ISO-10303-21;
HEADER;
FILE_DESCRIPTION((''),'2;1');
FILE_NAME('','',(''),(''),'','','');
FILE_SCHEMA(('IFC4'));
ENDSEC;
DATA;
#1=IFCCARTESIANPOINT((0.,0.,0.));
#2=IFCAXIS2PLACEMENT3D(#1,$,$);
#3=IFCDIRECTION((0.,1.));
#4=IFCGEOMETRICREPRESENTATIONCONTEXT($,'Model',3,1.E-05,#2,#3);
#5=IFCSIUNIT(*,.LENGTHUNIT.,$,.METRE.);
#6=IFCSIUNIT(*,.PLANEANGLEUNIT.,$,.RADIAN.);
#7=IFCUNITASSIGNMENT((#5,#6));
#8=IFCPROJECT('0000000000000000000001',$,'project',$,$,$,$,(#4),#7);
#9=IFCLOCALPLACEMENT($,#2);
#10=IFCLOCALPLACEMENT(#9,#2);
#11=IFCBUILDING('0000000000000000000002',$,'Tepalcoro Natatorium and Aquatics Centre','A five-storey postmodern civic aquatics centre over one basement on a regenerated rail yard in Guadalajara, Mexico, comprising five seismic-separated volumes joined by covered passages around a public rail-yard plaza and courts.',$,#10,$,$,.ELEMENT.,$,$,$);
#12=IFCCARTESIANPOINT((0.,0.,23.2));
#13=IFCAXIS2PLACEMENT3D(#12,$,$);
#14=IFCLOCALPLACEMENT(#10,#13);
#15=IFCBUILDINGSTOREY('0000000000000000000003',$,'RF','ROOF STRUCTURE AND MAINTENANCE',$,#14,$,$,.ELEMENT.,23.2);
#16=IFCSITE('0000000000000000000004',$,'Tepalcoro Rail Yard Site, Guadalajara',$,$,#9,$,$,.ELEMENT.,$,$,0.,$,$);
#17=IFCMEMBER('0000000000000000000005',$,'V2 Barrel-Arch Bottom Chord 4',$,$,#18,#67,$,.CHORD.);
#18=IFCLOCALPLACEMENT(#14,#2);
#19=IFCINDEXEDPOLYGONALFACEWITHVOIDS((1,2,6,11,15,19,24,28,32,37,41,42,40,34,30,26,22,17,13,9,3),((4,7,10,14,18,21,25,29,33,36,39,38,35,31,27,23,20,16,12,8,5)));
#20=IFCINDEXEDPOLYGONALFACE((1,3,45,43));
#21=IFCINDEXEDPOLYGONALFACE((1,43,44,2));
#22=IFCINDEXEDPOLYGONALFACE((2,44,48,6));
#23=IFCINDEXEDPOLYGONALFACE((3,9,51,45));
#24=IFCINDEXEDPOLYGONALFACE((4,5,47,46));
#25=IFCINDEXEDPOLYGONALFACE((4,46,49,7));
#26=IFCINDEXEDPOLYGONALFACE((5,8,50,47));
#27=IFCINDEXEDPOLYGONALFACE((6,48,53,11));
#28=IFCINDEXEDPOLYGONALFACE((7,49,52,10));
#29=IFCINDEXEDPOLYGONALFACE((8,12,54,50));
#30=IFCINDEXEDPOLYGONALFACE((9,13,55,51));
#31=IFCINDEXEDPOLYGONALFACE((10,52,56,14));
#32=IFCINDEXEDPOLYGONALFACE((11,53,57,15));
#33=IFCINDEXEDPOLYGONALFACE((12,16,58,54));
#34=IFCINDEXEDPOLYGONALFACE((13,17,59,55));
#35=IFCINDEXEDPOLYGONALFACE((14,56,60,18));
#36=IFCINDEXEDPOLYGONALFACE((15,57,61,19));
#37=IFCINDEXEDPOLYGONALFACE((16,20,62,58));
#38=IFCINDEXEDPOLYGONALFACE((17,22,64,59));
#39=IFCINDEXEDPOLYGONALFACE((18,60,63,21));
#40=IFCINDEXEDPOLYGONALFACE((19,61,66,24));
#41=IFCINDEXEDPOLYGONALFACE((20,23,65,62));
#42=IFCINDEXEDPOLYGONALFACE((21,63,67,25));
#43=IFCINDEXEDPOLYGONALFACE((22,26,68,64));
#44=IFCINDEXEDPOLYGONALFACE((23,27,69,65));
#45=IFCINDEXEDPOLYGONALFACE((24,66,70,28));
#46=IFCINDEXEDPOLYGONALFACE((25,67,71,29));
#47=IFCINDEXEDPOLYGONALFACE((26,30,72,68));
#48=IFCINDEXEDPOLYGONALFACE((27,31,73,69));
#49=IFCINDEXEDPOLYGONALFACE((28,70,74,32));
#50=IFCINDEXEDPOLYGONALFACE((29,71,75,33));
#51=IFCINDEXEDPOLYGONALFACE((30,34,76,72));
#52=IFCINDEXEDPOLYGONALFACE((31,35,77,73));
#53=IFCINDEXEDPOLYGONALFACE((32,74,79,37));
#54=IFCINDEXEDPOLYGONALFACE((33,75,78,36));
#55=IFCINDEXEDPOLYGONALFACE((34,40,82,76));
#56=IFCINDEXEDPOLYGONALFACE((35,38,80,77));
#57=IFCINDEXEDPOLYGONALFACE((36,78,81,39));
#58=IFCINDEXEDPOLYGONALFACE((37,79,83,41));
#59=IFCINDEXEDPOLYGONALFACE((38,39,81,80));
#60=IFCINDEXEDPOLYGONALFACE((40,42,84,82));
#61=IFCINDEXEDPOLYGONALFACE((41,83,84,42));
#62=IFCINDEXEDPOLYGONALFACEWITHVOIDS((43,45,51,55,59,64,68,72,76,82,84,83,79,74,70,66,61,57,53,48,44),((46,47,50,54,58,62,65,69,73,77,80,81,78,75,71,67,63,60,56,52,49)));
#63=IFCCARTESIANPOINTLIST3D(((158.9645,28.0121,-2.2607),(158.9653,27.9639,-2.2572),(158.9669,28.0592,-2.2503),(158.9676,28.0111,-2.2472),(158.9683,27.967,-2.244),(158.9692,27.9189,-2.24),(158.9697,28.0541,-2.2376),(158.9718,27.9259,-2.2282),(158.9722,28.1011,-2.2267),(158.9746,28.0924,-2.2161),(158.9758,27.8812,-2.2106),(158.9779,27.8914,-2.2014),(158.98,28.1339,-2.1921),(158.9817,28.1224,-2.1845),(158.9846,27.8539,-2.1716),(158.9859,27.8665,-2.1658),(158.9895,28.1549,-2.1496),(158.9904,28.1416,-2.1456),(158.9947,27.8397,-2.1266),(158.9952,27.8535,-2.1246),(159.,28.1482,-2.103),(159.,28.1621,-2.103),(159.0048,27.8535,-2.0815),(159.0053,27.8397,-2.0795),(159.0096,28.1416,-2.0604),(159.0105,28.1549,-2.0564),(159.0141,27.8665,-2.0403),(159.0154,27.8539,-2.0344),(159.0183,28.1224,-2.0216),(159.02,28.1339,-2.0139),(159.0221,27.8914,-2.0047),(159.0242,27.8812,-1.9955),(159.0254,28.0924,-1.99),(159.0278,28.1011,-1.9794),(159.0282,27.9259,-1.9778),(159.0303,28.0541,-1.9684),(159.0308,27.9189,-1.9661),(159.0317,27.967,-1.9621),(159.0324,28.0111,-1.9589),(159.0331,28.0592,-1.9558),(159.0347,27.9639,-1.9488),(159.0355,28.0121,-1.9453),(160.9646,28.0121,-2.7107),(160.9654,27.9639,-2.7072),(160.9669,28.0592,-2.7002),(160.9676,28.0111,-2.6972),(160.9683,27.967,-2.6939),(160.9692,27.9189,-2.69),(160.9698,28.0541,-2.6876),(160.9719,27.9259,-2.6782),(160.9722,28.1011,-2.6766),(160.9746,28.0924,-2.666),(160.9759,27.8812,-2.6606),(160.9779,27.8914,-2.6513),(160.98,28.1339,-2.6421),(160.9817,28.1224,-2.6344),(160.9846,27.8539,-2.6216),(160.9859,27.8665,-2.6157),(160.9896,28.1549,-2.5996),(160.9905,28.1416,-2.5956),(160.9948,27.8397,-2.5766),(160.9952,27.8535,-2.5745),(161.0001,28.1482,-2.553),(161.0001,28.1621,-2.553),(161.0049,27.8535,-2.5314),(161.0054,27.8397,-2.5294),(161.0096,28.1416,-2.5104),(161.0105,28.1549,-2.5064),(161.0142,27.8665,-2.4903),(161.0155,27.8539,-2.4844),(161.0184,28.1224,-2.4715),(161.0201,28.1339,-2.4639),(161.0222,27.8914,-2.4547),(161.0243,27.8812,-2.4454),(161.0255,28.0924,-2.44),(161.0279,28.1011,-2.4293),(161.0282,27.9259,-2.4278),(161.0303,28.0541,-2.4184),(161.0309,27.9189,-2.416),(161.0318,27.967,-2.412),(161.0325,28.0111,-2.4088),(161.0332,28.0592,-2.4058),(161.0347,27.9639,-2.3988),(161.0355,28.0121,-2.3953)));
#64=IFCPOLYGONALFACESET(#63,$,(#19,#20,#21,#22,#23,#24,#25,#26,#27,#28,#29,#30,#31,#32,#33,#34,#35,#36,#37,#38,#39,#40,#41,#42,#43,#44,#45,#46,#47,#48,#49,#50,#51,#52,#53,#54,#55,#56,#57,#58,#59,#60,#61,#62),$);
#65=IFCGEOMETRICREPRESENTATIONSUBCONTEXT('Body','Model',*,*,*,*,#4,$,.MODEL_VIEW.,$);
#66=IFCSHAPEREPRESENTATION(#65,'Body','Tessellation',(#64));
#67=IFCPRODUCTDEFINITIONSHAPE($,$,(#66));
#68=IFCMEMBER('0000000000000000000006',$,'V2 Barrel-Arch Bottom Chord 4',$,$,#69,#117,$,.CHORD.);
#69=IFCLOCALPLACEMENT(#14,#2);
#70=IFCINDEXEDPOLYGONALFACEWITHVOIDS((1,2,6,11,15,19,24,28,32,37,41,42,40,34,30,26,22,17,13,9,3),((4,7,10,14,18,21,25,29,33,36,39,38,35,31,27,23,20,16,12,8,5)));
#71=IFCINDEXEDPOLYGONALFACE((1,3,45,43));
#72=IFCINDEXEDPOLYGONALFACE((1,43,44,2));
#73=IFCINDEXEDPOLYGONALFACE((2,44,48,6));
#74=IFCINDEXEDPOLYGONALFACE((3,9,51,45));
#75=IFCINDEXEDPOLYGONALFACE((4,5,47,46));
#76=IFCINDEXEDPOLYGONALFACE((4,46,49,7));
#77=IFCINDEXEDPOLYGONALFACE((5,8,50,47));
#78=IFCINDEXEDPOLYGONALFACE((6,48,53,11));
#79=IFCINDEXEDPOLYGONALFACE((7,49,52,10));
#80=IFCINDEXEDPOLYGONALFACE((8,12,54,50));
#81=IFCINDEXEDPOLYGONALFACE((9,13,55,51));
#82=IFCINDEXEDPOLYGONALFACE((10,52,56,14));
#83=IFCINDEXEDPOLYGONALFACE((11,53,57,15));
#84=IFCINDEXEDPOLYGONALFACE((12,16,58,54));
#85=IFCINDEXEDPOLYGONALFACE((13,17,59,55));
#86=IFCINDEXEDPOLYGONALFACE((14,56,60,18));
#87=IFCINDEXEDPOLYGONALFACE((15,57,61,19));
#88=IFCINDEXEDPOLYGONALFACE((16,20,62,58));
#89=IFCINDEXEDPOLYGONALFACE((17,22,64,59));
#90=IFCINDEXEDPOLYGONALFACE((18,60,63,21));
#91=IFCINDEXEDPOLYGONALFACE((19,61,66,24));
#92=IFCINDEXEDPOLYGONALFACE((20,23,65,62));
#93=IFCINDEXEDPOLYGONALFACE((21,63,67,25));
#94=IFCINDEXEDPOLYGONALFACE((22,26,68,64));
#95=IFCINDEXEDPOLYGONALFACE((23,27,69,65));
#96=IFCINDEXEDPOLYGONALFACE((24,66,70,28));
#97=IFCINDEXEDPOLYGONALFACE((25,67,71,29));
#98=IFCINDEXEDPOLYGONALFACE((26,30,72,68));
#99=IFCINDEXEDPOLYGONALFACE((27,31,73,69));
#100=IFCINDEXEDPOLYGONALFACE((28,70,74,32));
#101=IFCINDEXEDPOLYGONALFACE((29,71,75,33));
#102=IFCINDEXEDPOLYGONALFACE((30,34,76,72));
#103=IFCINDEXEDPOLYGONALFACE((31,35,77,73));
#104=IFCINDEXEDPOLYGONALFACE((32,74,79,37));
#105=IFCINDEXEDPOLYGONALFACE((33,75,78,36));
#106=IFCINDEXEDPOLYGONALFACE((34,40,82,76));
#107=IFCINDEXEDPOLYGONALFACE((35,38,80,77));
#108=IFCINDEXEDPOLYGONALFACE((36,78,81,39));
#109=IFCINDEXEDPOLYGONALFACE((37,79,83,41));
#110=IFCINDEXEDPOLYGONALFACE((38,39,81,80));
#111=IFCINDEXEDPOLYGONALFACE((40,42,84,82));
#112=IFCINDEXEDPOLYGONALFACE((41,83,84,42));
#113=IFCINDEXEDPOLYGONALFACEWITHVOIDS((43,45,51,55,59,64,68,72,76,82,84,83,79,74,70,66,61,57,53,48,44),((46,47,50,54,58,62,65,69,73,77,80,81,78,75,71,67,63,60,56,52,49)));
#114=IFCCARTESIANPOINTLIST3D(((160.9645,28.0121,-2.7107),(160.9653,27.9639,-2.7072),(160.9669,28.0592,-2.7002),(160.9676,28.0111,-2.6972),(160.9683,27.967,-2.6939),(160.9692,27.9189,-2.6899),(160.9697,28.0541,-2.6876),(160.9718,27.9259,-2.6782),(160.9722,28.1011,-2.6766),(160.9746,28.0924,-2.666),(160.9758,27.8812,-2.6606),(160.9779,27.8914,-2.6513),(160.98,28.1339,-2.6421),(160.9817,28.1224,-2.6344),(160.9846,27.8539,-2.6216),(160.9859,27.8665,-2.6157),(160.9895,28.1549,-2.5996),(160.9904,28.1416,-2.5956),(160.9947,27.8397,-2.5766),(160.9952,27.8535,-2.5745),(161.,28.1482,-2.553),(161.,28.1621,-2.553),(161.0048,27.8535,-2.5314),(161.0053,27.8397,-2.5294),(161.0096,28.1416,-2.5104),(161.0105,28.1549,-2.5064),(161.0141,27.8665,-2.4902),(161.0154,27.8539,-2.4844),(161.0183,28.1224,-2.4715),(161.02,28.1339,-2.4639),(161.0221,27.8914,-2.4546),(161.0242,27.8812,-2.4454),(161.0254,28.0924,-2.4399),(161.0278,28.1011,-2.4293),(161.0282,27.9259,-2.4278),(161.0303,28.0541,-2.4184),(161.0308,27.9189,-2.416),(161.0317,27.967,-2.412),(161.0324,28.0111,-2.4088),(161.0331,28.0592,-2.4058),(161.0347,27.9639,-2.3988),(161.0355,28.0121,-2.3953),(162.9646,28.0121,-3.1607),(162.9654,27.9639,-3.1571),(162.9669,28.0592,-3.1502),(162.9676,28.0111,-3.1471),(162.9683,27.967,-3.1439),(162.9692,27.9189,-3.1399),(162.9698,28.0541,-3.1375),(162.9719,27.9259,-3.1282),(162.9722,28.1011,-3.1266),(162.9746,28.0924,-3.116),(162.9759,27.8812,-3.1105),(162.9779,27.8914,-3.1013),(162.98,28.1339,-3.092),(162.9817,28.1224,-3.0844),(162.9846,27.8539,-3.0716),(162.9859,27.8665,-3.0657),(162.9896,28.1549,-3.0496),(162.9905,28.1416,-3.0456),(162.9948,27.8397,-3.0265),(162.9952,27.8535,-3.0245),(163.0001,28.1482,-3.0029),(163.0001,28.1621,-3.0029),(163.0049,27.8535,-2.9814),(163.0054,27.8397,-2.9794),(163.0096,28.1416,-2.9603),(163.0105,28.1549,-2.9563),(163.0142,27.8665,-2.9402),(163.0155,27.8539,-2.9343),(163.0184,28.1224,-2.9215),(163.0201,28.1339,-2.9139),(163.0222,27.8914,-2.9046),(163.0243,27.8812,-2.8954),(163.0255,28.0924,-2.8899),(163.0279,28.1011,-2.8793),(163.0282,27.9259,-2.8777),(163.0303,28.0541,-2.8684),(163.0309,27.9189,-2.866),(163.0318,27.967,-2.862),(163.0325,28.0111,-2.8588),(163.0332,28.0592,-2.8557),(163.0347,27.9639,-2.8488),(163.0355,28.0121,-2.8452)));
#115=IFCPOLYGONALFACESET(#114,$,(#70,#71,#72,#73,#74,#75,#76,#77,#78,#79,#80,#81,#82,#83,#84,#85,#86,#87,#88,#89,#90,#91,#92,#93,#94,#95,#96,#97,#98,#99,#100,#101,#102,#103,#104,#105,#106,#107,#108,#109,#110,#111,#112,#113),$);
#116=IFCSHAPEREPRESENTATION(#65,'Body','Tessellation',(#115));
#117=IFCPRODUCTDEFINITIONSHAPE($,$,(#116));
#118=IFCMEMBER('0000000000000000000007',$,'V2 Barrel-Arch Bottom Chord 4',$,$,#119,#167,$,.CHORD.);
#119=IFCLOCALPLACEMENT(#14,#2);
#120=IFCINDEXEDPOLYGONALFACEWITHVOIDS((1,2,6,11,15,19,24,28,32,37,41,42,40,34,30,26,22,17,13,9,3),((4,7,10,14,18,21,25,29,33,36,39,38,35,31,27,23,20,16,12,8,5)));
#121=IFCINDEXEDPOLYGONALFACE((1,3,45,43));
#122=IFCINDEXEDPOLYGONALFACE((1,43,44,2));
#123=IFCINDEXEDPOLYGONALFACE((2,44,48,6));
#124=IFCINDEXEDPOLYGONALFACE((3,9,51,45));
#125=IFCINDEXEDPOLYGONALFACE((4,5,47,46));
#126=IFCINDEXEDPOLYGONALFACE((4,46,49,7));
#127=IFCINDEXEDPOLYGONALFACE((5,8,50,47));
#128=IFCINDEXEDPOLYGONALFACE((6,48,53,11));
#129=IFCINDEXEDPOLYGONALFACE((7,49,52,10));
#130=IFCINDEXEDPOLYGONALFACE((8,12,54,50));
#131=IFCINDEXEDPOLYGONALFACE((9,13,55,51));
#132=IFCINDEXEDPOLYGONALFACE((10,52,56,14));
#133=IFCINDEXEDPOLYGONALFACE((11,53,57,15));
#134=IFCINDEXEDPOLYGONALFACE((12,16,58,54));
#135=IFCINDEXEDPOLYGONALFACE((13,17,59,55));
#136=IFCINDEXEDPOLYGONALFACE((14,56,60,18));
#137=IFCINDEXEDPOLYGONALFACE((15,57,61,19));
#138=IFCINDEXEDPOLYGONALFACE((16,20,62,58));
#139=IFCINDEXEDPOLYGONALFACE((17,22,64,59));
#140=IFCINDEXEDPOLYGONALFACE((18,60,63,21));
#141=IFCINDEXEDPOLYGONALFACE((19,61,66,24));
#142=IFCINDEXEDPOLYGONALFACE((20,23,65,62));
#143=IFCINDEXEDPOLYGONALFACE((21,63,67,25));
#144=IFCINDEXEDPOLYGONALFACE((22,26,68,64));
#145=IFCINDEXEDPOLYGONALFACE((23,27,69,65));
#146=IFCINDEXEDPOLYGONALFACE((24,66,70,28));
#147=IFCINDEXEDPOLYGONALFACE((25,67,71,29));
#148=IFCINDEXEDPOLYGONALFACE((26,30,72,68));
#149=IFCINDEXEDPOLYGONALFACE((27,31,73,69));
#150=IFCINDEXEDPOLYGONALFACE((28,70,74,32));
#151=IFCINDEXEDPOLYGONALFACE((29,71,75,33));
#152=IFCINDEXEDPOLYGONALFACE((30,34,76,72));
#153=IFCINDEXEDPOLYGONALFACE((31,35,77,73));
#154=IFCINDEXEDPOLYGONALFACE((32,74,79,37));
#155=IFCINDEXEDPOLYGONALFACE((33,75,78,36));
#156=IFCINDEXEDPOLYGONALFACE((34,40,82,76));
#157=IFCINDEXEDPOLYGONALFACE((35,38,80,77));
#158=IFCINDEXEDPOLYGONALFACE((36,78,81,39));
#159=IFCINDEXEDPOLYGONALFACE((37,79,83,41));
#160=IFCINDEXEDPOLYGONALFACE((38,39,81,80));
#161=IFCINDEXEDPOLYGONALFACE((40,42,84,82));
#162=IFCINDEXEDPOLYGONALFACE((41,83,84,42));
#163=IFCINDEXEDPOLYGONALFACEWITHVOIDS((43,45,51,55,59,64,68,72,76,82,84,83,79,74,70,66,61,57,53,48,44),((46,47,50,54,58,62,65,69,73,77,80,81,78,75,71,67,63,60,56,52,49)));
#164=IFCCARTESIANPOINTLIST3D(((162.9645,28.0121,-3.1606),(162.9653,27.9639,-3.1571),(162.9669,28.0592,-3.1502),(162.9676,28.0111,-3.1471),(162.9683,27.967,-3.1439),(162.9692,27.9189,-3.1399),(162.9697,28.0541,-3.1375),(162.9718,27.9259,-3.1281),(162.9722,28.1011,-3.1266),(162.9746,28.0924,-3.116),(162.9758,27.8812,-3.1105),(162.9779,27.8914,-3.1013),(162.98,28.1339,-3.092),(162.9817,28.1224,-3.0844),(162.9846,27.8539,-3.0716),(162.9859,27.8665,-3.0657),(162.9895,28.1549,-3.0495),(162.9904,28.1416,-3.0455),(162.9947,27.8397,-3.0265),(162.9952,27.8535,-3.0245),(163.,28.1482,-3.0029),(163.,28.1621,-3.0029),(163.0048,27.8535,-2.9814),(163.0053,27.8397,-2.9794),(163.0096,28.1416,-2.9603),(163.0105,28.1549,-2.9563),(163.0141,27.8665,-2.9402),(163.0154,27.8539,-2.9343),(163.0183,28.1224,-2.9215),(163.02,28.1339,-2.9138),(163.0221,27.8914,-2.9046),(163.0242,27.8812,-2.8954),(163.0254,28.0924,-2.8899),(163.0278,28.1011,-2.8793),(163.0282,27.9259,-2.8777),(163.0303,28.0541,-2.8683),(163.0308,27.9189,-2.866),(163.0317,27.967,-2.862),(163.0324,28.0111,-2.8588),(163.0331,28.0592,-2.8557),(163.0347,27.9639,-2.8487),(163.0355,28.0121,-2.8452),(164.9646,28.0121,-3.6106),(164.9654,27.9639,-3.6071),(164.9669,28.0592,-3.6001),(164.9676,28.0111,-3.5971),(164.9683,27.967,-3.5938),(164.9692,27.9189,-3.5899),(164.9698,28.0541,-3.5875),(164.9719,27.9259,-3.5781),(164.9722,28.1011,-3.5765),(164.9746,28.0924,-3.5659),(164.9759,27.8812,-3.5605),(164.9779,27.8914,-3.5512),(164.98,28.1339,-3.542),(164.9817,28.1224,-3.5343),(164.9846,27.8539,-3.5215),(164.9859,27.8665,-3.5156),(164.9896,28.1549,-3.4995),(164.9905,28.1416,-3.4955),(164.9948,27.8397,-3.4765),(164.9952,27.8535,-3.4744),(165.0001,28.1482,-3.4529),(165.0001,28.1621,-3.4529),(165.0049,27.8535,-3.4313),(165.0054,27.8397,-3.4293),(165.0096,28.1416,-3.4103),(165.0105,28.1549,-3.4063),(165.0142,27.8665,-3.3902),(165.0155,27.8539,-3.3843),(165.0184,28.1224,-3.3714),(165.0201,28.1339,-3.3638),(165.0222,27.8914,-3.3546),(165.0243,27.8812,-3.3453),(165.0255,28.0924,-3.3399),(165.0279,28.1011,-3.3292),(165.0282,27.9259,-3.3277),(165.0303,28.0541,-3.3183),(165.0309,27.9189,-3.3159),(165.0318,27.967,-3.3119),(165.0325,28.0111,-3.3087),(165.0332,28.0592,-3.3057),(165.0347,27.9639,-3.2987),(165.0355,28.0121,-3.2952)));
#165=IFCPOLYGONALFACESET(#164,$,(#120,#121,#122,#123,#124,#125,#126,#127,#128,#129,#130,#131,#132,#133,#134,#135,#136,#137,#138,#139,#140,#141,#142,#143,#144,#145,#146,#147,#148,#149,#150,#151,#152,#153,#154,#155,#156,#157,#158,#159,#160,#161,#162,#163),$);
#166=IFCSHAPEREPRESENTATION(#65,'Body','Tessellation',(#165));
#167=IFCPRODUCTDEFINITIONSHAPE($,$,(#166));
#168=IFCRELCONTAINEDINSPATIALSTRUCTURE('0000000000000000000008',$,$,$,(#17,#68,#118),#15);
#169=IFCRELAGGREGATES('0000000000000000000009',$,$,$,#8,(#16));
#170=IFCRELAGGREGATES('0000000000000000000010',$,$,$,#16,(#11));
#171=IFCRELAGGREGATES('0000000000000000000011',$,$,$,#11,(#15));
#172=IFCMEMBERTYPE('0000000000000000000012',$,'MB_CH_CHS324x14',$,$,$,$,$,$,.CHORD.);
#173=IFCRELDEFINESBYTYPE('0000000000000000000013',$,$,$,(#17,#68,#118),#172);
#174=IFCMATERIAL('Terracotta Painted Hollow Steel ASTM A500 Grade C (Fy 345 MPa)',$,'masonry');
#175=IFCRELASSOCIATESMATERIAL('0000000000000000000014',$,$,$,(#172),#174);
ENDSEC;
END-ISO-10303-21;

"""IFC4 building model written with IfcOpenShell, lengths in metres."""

from ifc_helpers import new_model, si_unit, direction, frame, origin, origin_2d, place, context, subcontext, project, spatial, hollow_circle, extrude, material, material_profile, profile_set, type_object, element, save


model = new_model("IFC4")

# Units and contexts
model_context = context("Model", 3, precision=1e-05, world=origin(), true_north=direction((0.0, 1.0)))
body_context = subcontext(model_context, "Body", "Model", "MODEL_VIEW")
ifc_project = project(units=[si_unit("LENGTHUNIT", "METRE"), si_unit("PLANEANGLEUNIT", "RADIAN")], contexts=[model_context])

# Site, building, storey
site_placement = place(None, origin())
site = spatial("IfcSite", under=ifc_project, at=site_placement, Name="Tepalcoro Rail Yard Site, Guadalajara", CompositionType="ELEMENT", RefElevation=0.0)
building_placement = place(site_placement, origin())
building = spatial("IfcBuilding", under=site, at=building_placement, Name="Tepalcoro Natatorium and Aquatics Centre", Description="A five-storey postmodern civic aquatics centre over one basement on a regenerated rail yard in Guadalajara, Mexico, comprising five seismic-separated volumes joined by covered passages around a public rail-yard plaza and courts.", CompositionType="ELEMENT")
storey_placement = place(building_placement, frame((0.0, 0.0, 23.2)))
storey = spatial("IfcBuildingStorey", under=building, at=storey_placement, Name="RF", Description="ROOF STRUCTURE AND MAINTENANCE", CompositionType="ELEMENT", Elevation=23.2)

# Shared definitions
ifc_material_1 = material(Name="Terracotta Painted Hollow Steel ASTM A500 Grade C (Fy 345 MPa)", Category="masonry")

# Members
ifc_material_profile_1 = material_profile(ifc_material_1, hollow_circle(Radius=0.1621, WallThickness=0.0139, at=origin_2d()), Name="CHS324X14")
ifc_profile_set_1 = profile_set([ifc_material_profile_1], Name="Terracotta Painted Hollow Steel ASTM A500 Grade C (Fy 345 MPa)")
member_type_1 = type_object("IfcMemberType", Name="MB_CH_CHS324x14", PredefinedType="CHORD", material=ifc_profile_set_1)
for number, where, z_axis, x_axis, name in (
    (1, (159.0, 28.0, -2.103), (0.975615, 0.0, -0.21949), (0.0, 1.0, 0.0), "V2 Barrel-Arch Bottom Chord 4"),
    (2, (161.0, 28.0, -2.553), (0.975615, 0.0, -0.21949), (0.0, 1.0, 0.0), "V2 Barrel-Arch Bottom Chord 4"),
    (3, (163.0, 28.0, -3.0029), (0.975615, 0.0, -0.21949), (0.0, 1.0, 0.0), "V2 Barrel-Arch Bottom Chord 4"),
):
    element("IfcMember", number, at=place(storey_placement, frame(where, z_axis=z_axis, x_axis=x_axis)), inside=storey, type_object=member_type_1, Name=name, PredefinedType="CHORD", context=body_context, shape_type="SweptSolid", body=[
        extrude(hollow_circle(Radius=0.1621, WallThickness=0.0139, at=origin_2d()), origin(), (0.0, 0.0, 1.0), 2.05),
    ])

save(model, "model.ifc")
